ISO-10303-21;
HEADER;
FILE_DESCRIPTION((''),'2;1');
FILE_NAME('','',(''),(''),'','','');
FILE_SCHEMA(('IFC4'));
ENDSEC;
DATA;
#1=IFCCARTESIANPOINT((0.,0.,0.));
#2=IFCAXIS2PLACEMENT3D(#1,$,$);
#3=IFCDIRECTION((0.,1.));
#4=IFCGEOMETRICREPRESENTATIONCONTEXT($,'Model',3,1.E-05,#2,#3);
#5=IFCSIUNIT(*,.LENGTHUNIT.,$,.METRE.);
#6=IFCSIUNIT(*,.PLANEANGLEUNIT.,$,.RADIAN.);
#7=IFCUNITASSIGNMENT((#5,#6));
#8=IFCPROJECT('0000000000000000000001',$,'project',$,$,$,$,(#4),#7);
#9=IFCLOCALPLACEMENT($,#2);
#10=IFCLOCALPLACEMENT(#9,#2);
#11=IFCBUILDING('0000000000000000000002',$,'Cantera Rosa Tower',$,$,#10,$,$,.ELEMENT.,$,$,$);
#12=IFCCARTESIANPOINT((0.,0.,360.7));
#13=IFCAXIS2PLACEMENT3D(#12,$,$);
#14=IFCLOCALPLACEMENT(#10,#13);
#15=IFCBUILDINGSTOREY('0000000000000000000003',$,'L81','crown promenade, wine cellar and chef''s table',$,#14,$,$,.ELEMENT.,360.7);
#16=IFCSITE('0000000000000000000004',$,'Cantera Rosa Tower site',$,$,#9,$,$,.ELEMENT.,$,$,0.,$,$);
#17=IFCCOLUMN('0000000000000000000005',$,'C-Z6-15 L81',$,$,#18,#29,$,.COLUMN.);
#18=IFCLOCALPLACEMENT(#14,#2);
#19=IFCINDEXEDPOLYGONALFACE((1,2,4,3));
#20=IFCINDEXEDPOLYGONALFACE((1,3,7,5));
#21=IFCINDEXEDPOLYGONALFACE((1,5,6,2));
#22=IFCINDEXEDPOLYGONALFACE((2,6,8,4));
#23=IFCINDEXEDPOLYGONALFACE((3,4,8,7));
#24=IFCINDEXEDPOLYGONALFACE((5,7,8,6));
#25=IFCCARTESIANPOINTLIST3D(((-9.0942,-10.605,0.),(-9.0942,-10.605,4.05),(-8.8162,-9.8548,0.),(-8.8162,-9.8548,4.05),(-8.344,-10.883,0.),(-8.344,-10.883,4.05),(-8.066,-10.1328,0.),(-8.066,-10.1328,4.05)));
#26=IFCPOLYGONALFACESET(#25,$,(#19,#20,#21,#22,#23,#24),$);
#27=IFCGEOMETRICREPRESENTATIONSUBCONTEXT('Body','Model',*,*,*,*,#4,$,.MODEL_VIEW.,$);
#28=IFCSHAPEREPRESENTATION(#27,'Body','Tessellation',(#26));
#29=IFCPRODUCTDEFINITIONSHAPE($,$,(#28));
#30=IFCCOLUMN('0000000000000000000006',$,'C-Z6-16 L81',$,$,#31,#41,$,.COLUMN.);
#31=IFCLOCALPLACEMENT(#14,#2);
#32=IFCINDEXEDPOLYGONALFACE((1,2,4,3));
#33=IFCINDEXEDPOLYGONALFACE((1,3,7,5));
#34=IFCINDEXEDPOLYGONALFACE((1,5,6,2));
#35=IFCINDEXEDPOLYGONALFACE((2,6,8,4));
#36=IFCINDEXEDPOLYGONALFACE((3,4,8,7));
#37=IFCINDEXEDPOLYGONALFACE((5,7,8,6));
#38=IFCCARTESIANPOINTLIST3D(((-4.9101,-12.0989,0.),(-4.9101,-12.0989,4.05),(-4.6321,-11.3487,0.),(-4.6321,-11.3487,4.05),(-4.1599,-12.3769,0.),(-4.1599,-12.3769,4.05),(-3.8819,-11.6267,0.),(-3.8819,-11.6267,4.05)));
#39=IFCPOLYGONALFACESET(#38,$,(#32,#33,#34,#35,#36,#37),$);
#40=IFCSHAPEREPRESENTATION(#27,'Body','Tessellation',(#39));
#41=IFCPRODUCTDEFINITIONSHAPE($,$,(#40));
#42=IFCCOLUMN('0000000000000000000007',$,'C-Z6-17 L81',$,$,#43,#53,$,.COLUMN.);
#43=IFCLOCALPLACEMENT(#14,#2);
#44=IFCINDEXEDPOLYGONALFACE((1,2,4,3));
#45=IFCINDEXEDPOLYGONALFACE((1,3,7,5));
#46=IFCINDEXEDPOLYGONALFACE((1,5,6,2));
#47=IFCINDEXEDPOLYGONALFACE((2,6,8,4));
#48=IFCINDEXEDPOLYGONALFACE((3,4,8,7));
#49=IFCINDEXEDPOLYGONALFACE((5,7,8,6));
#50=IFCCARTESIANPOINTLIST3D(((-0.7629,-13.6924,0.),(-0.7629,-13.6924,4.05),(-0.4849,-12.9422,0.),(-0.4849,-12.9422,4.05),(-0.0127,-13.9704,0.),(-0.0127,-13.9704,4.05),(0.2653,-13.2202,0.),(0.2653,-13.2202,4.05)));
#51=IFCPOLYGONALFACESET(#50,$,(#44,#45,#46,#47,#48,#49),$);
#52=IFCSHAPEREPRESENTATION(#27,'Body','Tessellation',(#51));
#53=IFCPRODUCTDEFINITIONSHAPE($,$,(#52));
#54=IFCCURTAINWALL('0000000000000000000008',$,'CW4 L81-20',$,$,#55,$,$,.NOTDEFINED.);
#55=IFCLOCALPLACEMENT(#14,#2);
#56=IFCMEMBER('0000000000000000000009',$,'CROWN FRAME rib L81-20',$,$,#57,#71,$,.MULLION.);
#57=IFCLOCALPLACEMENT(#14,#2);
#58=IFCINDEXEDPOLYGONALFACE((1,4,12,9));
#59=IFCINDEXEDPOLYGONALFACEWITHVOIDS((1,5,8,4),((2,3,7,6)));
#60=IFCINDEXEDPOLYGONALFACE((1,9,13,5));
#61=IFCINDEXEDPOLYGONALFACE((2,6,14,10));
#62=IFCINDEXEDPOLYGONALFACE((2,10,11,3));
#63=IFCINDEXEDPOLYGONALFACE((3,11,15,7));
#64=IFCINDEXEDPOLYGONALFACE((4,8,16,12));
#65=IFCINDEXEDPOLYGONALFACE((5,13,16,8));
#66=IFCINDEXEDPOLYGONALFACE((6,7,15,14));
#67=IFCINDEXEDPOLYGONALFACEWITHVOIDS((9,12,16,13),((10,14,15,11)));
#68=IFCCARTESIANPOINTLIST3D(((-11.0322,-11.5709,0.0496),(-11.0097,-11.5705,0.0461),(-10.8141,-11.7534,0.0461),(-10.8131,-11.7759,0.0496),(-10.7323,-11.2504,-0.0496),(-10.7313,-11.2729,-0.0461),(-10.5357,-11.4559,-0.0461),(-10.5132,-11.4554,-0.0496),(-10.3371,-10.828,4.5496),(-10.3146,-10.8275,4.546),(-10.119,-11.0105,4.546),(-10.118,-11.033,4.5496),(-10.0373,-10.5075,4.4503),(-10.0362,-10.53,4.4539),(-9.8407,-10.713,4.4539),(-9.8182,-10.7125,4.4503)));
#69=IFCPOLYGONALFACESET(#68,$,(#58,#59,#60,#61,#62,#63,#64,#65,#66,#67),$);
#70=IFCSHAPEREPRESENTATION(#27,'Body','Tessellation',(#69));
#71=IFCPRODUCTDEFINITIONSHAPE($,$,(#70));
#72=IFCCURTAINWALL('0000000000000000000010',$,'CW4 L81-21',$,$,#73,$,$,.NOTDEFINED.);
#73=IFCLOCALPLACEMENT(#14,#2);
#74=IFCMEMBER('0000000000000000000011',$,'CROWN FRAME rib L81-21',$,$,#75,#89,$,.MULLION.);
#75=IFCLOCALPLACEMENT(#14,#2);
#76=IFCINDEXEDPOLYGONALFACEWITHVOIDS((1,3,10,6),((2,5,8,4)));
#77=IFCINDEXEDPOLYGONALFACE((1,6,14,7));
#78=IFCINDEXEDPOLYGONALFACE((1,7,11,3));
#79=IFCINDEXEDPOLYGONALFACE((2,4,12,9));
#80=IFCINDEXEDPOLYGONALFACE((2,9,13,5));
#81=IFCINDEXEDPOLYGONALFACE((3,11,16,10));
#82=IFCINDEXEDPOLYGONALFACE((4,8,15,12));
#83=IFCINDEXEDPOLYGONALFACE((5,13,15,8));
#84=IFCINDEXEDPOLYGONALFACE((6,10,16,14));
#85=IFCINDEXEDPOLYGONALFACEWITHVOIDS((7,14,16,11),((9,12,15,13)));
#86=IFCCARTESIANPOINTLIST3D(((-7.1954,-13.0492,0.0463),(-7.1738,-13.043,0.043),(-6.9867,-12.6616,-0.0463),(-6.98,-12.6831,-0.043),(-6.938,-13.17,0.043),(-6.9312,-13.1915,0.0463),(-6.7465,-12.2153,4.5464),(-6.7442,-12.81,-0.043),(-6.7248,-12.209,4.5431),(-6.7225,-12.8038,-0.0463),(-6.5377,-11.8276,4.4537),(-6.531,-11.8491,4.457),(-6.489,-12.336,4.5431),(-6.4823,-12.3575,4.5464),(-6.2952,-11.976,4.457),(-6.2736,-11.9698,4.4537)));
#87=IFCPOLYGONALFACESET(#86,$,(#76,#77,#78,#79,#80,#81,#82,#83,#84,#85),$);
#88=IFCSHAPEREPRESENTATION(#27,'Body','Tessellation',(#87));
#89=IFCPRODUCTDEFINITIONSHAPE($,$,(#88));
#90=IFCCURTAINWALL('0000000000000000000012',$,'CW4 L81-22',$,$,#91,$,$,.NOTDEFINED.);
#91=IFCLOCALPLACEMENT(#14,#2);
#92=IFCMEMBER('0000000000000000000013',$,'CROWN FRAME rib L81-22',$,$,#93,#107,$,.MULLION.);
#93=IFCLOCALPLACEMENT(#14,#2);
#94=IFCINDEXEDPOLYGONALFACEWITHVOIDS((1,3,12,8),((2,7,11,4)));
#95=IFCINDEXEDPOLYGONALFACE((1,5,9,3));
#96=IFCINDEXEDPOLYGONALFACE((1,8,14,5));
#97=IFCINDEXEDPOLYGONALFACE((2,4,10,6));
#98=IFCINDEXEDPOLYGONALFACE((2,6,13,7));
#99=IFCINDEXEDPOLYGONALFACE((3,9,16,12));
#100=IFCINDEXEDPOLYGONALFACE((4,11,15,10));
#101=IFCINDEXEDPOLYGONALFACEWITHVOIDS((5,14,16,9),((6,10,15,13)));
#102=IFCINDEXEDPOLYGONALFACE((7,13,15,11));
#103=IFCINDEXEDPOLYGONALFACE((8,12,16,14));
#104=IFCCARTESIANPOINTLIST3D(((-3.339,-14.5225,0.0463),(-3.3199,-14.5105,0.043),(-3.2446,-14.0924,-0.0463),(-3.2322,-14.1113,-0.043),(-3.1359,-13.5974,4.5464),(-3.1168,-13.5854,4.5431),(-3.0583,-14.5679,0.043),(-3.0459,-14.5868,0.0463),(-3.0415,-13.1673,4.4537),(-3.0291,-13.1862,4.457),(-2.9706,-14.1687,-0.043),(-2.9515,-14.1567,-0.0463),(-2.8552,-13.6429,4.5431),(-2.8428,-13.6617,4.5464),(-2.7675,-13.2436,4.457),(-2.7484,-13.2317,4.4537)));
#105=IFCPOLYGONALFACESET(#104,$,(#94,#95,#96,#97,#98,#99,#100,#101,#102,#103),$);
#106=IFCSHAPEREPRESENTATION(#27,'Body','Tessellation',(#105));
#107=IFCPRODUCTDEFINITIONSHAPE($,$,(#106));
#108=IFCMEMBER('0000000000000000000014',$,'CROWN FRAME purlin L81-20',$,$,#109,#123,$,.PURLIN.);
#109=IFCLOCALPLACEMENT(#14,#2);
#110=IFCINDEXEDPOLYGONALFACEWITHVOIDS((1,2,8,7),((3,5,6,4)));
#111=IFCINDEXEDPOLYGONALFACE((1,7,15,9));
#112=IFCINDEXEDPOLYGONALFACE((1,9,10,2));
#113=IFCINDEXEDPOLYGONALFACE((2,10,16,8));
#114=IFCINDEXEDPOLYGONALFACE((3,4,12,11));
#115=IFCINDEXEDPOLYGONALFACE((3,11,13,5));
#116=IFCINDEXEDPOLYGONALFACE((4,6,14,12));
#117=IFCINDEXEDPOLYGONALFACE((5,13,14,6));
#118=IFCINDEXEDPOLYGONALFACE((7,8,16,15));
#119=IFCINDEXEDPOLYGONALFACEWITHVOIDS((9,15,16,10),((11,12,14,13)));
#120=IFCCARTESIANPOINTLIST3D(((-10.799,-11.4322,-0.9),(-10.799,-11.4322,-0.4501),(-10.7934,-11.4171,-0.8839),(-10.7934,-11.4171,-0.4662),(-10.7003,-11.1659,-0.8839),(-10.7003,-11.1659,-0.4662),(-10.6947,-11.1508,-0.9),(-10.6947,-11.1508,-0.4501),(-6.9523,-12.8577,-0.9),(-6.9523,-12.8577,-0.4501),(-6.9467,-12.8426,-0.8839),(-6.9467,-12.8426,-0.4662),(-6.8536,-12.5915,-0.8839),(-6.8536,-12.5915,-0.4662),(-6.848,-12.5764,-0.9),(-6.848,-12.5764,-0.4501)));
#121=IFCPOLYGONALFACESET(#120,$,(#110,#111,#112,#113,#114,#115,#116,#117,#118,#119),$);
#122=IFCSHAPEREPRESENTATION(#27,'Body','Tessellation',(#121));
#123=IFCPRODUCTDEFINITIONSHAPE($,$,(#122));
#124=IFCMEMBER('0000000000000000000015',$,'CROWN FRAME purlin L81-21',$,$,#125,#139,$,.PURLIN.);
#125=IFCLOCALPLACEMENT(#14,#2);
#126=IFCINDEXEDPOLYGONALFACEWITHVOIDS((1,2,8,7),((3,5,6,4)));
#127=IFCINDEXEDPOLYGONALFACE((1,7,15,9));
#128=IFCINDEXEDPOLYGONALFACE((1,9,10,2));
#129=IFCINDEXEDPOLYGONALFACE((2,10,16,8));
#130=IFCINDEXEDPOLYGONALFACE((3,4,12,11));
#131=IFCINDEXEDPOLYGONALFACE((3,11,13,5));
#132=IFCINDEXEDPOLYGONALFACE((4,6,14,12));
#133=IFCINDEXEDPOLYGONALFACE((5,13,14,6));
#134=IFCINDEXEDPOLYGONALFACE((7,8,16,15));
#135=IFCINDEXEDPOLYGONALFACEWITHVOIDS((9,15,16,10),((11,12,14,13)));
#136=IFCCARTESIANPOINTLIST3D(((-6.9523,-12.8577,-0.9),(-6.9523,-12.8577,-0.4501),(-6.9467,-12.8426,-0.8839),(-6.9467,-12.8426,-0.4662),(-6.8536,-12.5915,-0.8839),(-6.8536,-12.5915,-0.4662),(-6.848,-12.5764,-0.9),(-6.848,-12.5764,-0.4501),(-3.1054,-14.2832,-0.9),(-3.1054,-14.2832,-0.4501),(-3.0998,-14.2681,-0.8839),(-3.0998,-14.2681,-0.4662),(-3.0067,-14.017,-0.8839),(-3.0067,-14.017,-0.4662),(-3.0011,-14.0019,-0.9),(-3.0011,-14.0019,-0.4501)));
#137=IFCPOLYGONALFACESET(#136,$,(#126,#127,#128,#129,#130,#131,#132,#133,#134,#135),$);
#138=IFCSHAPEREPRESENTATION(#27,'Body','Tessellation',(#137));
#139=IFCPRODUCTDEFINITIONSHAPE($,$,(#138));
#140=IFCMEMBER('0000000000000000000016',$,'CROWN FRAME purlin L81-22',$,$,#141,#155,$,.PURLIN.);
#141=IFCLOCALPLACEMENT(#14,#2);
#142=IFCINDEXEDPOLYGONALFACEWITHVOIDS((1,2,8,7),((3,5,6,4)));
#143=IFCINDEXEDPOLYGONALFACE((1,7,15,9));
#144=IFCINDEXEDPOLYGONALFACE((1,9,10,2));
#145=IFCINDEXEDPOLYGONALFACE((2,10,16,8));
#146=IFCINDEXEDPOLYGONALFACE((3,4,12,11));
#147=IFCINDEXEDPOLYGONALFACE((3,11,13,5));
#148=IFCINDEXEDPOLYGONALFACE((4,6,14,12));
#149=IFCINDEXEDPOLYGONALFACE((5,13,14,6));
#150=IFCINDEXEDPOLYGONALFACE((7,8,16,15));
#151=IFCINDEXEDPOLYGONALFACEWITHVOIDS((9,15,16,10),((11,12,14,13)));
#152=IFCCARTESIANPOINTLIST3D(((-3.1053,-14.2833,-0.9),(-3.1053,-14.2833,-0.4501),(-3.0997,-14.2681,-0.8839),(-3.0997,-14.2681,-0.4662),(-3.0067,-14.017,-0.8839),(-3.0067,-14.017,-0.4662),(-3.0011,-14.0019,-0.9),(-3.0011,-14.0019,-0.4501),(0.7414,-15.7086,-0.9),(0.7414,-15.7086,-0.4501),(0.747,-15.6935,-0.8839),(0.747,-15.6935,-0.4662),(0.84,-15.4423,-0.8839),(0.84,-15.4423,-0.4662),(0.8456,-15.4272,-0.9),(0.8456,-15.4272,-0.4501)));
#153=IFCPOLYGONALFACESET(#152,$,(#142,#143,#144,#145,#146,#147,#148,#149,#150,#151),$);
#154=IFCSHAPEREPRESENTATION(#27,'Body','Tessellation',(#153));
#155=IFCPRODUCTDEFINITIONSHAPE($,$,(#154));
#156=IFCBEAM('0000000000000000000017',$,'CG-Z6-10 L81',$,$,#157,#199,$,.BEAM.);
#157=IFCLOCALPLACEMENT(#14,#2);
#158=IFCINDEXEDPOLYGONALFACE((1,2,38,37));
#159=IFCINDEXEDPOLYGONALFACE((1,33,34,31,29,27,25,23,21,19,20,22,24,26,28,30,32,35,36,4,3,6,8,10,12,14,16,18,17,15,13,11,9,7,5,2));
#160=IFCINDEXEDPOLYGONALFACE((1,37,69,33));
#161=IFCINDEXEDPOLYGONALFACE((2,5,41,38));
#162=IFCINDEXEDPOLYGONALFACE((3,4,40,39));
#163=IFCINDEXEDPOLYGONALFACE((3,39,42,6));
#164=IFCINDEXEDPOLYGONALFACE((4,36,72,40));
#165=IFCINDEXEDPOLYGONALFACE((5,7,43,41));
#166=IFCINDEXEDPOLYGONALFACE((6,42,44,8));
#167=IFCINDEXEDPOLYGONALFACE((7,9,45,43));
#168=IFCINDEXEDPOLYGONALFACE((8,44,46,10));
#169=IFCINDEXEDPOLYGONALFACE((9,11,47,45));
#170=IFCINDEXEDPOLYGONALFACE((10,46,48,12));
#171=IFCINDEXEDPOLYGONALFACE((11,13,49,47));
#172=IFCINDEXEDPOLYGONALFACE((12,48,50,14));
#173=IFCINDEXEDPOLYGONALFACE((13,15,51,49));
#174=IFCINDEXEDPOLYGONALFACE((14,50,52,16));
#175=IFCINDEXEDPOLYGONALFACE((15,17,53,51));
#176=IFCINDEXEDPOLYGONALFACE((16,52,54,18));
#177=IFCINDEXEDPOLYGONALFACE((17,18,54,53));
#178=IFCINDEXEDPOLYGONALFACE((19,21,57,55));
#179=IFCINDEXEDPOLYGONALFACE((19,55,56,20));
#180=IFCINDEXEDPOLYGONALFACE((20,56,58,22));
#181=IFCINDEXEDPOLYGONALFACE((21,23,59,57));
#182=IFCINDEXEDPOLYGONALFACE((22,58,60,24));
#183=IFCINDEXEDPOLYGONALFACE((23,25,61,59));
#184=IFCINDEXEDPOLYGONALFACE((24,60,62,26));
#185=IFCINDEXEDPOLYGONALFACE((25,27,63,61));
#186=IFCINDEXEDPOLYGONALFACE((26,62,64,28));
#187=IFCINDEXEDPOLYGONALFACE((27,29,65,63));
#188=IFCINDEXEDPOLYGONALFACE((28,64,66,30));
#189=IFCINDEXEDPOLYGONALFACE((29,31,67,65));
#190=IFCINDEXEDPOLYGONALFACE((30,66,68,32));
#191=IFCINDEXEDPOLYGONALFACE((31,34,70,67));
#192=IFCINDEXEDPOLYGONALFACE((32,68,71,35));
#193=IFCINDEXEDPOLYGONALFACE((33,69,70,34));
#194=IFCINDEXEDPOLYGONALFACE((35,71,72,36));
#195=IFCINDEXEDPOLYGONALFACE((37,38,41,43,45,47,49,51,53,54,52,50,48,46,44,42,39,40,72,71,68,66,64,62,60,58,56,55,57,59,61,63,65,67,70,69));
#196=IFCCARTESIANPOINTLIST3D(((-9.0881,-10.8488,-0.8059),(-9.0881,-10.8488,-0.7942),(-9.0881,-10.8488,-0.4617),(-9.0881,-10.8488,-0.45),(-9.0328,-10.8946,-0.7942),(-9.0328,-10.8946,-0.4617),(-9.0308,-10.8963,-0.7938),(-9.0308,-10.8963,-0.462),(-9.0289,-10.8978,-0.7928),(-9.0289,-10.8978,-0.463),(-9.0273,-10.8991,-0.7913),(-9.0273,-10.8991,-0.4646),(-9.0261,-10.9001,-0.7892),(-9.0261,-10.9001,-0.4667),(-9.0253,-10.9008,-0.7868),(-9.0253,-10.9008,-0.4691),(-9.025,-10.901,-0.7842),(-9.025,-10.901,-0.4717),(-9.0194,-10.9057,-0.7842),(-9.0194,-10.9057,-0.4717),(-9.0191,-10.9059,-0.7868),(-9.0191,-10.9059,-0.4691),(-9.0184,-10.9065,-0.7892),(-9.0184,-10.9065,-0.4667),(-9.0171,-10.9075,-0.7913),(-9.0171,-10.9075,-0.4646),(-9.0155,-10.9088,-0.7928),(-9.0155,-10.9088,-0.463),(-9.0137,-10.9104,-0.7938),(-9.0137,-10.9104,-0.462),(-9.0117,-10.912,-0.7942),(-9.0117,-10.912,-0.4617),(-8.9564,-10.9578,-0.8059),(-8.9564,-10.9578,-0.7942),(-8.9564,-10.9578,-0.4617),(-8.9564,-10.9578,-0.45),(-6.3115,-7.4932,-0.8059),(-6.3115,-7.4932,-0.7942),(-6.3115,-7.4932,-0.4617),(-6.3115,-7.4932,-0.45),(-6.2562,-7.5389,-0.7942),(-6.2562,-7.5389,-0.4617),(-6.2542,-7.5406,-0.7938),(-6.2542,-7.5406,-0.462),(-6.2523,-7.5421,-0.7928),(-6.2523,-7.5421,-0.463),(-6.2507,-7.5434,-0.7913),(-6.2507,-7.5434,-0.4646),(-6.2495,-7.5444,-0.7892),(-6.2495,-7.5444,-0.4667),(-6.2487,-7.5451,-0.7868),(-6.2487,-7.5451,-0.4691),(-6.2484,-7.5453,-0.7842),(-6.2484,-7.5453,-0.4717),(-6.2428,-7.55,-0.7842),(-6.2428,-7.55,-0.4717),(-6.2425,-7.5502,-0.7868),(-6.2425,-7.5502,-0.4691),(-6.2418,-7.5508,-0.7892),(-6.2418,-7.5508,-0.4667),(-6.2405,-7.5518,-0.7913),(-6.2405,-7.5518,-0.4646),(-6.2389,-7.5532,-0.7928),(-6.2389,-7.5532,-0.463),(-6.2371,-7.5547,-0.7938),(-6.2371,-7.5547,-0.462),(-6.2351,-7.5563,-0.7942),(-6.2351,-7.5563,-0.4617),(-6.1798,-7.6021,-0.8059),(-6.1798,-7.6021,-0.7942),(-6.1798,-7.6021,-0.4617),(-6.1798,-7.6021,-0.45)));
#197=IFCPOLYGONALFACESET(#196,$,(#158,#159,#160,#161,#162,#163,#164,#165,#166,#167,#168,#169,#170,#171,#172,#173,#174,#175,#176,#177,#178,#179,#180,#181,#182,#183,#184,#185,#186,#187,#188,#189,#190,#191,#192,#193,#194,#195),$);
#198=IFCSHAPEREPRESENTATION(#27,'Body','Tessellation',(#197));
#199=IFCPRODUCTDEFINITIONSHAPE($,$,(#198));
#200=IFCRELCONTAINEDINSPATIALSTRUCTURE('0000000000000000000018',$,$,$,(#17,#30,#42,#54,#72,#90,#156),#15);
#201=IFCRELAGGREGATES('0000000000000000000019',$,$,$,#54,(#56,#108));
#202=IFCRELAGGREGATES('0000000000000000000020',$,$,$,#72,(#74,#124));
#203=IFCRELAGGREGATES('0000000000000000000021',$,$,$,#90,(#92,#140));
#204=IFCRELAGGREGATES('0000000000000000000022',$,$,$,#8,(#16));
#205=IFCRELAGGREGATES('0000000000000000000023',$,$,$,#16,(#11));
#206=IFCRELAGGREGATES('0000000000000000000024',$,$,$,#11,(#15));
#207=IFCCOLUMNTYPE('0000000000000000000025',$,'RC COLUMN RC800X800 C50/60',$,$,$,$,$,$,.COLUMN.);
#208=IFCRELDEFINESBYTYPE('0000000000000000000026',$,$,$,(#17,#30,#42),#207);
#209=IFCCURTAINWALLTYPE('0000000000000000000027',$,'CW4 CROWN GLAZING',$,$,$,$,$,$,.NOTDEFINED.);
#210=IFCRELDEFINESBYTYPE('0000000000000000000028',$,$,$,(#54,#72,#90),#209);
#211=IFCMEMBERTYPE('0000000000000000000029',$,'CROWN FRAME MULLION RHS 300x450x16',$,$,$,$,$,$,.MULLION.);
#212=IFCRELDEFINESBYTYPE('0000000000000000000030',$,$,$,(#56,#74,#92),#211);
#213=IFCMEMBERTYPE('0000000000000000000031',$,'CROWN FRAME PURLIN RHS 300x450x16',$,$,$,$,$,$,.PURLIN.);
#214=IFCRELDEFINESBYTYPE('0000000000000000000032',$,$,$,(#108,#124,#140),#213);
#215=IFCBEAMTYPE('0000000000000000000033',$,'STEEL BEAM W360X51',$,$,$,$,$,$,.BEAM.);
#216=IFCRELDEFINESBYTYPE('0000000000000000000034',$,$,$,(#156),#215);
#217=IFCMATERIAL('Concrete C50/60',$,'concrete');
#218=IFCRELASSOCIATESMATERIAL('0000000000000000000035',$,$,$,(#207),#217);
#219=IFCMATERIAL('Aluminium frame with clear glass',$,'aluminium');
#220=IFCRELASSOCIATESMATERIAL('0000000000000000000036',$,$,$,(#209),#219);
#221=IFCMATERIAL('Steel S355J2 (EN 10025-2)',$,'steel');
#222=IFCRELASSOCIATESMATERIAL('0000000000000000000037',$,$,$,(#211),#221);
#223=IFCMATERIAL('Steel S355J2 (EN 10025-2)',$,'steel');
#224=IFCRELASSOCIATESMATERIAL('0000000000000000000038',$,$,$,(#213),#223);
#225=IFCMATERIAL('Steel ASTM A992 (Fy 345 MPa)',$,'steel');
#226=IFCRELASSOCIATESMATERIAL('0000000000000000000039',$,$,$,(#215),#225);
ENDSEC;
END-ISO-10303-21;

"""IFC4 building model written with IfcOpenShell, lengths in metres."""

from ifc_helpers import new_model, si_unit, direction, frame, origin, origin_2d, place, context, subcontext, project, spatial, rectangle, hollow_rectangle, i_section, extrude, material, material_profile, profile_set, type_object, element, aggregate, save


model = new_model("IFC4")

# Units and contexts
model_context = context("Model", 3, precision=1e-05, world=origin(), true_north=direction((0.0, 1.0)))
body_context = subcontext(model_context, "Body", "Model", "MODEL_VIEW")
ifc_project = project(units=[si_unit("LENGTHUNIT", "METRE"), si_unit("PLANEANGLEUNIT", "RADIAN")], contexts=[model_context])

# Site, building, storey
site_placement = place(None, origin())
site = spatial("IfcSite", under=ifc_project, at=site_placement, Name="Cantera Rosa Tower site", CompositionType="ELEMENT", RefElevation=0.0)
building_placement = place(site_placement, origin())
building = spatial("IfcBuilding", under=site, at=building_placement, Name="Cantera Rosa Tower", CompositionType="ELEMENT")
storey_placement = place(building_placement, frame((0.0, 0.0, 360.7)))
storey = spatial("IfcBuildingStorey", under=building, at=storey_placement, Name="L81", Description="crown promenade, wine cellar and chef's table", CompositionType="ELEMENT", Elevation=360.7)

# Columns
ifc_material_1 = material(Name="Concrete C50/60", Category="concrete")
ifc_material_profile_1 = material_profile(ifc_material_1, rectangle(XDim=0.8, YDim=0.8, at=origin_2d()), Name="RC COLUMN RC800X800 C50/60")
ifc_profile_set_1 = profile_set([ifc_material_profile_1], Name="Concrete C50/60")
column_type = type_object("IfcColumnType", Name="RC COLUMN RC800X800 C50/60", PredefinedType="COLUMN", material=ifc_profile_set_1)
for number, where, z_axis, x_axis, name in (
    (1, (-8.5801, -10.3689, 0.0), (0.0, 0.0, 1.0), (0.347481, 0.937687, 0.0), "C-Z6-15 L81"),
    (2, (-4.396, -11.8628, 0.0), (0.0, 0.0, 1.0), (0.347481, 0.937687, 0.0), "C-Z6-16 L81"),
    (3, (-0.2488, -13.4563, 0.0), (0.0, 0.0, 1.0), (0.347481, 0.937687, 0.0), "C-Z6-17 L81"),
):
    element("IfcColumn", number, at=place(storey_placement, frame(where, z_axis=z_axis, x_axis=x_axis)), inside=storey, type_object=column_type, Name=name, PredefinedType="COLUMN", context=body_context, shape_type="SweptSolid", body=[
        extrude(rectangle(XDim=0.8, YDim=0.8, at=origin_2d()), origin(), (0.0, 0.0, 1.0), 4.05),
    ])

# Curtain walls, members
ifc_material_2 = material(Name="Aluminium frame with clear glass", Category="aluminium")
curtain_wall_type = type_object("IfcCurtainWallType", Name="CW4 CROWN GLAZING", PredefinedType="NOTDEFINED", material=ifc_material_2)
curtain_wall_1_placement = place(storey_placement, origin())
curtain_wall_1 = element("IfcCurtainWall", 4, at=curtain_wall_1_placement, inside=storey, type_object=curtain_wall_type, Name="CW4 L81-20", PredefinedType="NOTDEFINED")
ifc_material_3 = material(Name="Steel S355J2 (EN 10025-2)", Category="steel")
ifc_material_profile_2 = material_profile(ifc_material_3, hollow_rectangle(XDim=0.3, YDim=0.45, WallThickness=0.0161, at=origin_2d()), Name="CROWN FRAME MULLION RHS 300x450x16")
ifc_profile_set_2 = profile_set([ifc_material_profile_2], Name="Steel S355J2 (EN 10025-2)")
member_type_1 = type_object("IfcMemberType", Name="CROWN FRAME MULLION RHS 300x450x16", PredefinedType="MULLION", material=ifc_profile_set_2)
member_1_placement = place(storey_placement, frame((-10.7727, -11.5132, 0.0), z_axis=(0.150657, 0.161029, 0.975383), x_axis=(-0.730233, 0.683198, 0.0)))
member_1 = element("IfcMember", 5, at=member_1_placement, type_object=member_type_1, Name="CROWN FRAME rib L81-20", PredefinedType="MULLION", context=body_context, shape_type="SweptSolid", body=[
    extrude(hollow_rectangle(XDim=0.3, YDim=0.45, WallThickness=0.0161, at=origin_2d()), origin(), (0.0, 0.0, 1.0), 4.6135),
])
curtain_wall_2_placement = place(storey_placement, origin())
curtain_wall_2 = element("IfcCurtainWall", 6, at=curtain_wall_2_placement, inside=storey, type_object=curtain_wall_type, Name="CW4 L81-21", PredefinedType="NOTDEFINED")
member_2_placement = place(storey_placement, frame((-6.959, -12.9265, 0.0), z_axis=(0.097633, 0.181356, 0.978559), x_axis=(-0.880512, 0.474023, 0.0)))
member_2 = element("IfcMember", 7, at=member_2_placement, type_object=member_type_1, Name="CROWN FRAME rib L81-21", PredefinedType="MULLION", context=body_context, shape_type="SweptSolid", body=[
    extrude(hollow_rectangle(XDim=0.3, YDim=0.45, WallThickness=0.0161, at=origin_2d()), origin(), (0.0, 0.0, 1.0), 4.5986),
])
curtain_wall_3_placement = place(storey_placement, origin())
curtain_wall_3 = element("IfcCurtainWall", 8, at=curtain_wall_3_placement, inside=storey, type_object=curtain_wall_type, Name="CW4 L81-22", PredefinedType="NOTDEFINED")
member_3_placement = place(storey_placement, frame((-3.1453, -14.3396, 0.0), z_axis=(0.044171, 0.201159, 0.978562), x_axis=(-0.97673, 0.214473, 0.0)))
member_3 = element("IfcMember", 9, at=member_3_placement, type_object=member_type_1, Name="CROWN FRAME rib L81-22", PredefinedType="MULLION", context=body_context, shape_type="SweptSolid", body=[
    extrude(hollow_rectangle(XDim=0.3, YDim=0.45, WallThickness=0.0161, at=origin_2d()), origin(), (0.0, 0.0, 1.0), 4.5986),
])

# Members
ifc_material_4 = material(Name="Steel S355J2 (EN 10025-2)", Category="steel")
ifc_material_profile_3 = material_profile(ifc_material_4, hollow_rectangle(XDim=0.3, YDim=0.45, WallThickness=0.0161, at=origin_2d()), Name="CROWN FRAME PURLIN RHS 300x450x16")
ifc_profile_set_3 = profile_set([ifc_material_profile_3], Name="Steel S355J2 (EN 10025-2)")
member_type_2 = type_object("IfcMemberType", Name="CROWN FRAME PURLIN RHS 300x450x16", PredefinedType="PURLIN", material=ifc_profile_set_3)
member_4_placement = place(storey_placement, frame((-10.7468, -11.2915, -0.675), z_axis=(0.937682, -0.347495, 0.0), x_axis=(0.347495, 0.937682, 0.0)))
member_4 = element("IfcMember", 10, at=member_4_placement, type_object=member_type_2, Name="CROWN FRAME purlin L81-20", PredefinedType="PURLIN", context=body_context, shape_type="SweptSolid", body=[
    extrude(hollow_rectangle(XDim=0.3, YDim=0.45, WallThickness=0.0161, at=origin_2d()), origin(), (0.0, 0.0, 1.0), 4.1023),
])
member_5_placement = place(storey_placement, frame((-6.9001, -12.717, -0.675), z_axis=(0.937689, -0.347475, 0.0), x_axis=(0.347475, 0.937689, 0.0)))
member_5 = element("IfcMember", 11, at=member_5_placement, type_object=member_type_2, Name="CROWN FRAME purlin L81-21", PredefinedType="PURLIN", context=body_context, shape_type="SweptSolid", body=[
    extrude(hollow_rectangle(XDim=0.3, YDim=0.45, WallThickness=0.0161, at=origin_2d()), origin(), (0.0, 0.0, 1.0), 4.1025),
])
member_6_placement = place(storey_placement, frame((-3.0532, -14.1426, -0.675), z_axis=(0.937701, -0.347442, 0.0), x_axis=(0.347442, 0.937701, 0.0)))
member_6 = element("IfcMember", 12, at=member_6_placement, type_object=member_type_2, Name="CROWN FRAME purlin L81-22", PredefinedType="PURLIN", context=body_context, shape_type="SweptSolid", body=[
    extrude(hollow_rectangle(XDim=0.3, YDim=0.45, WallThickness=0.0161, at=origin_2d()), origin(), (0.0, 0.0, 1.0), 4.1023),
])

# Beam
ifc_material_5 = material(Name="Steel ASTM A992 (Fy 345 MPa)", Category="steel")
ifc_material_profile_4 = material_profile(ifc_material_5, i_section(OverallWidth=0.1709, OverallDepth=0.356, WebThickness=0.0073, FlangeThickness=0.0117, FilletRadius=0.01, at=origin_2d()), Name="W360X51")
ifc_profile_set_4 = profile_set([ifc_material_profile_4], Name="Steel ASTM A992 (Fy 345 MPa)")
beam_type_1 = type_object("IfcBeamType", Name="STEEL BEAM W360X51", PredefinedType="BEAM", material=ifc_profile_set_4)
beam_1_placement = place(storey_placement, frame((-9.0222, -10.9033, -0.6279), z_axis=(0.637495, 0.770454, 0.0), x_axis=(-0.770454, 0.637495, 0.0)))
element("IfcBeam", 13, at=beam_1_placement, inside=storey, type_object=beam_type_1, Name="CG-Z6-10 L81", PredefinedType="BEAM", context=body_context, shape_type="SweptSolid", body=[
    extrude(i_section(OverallWidth=0.1709, OverallDepth=0.356, WebThickness=0.0073, FlangeThickness=0.0117, FilletRadius=0.01, at=origin_2d()), origin(), (0.0, 0.0, 1.0), 4.3555),
])

aggregate(curtain_wall_1, [member_1, member_4])
aggregate(curtain_wall_2, [member_2, member_5])
aggregate(curtain_wall_3, [member_3, member_6])

save(model, "model.ifc")
